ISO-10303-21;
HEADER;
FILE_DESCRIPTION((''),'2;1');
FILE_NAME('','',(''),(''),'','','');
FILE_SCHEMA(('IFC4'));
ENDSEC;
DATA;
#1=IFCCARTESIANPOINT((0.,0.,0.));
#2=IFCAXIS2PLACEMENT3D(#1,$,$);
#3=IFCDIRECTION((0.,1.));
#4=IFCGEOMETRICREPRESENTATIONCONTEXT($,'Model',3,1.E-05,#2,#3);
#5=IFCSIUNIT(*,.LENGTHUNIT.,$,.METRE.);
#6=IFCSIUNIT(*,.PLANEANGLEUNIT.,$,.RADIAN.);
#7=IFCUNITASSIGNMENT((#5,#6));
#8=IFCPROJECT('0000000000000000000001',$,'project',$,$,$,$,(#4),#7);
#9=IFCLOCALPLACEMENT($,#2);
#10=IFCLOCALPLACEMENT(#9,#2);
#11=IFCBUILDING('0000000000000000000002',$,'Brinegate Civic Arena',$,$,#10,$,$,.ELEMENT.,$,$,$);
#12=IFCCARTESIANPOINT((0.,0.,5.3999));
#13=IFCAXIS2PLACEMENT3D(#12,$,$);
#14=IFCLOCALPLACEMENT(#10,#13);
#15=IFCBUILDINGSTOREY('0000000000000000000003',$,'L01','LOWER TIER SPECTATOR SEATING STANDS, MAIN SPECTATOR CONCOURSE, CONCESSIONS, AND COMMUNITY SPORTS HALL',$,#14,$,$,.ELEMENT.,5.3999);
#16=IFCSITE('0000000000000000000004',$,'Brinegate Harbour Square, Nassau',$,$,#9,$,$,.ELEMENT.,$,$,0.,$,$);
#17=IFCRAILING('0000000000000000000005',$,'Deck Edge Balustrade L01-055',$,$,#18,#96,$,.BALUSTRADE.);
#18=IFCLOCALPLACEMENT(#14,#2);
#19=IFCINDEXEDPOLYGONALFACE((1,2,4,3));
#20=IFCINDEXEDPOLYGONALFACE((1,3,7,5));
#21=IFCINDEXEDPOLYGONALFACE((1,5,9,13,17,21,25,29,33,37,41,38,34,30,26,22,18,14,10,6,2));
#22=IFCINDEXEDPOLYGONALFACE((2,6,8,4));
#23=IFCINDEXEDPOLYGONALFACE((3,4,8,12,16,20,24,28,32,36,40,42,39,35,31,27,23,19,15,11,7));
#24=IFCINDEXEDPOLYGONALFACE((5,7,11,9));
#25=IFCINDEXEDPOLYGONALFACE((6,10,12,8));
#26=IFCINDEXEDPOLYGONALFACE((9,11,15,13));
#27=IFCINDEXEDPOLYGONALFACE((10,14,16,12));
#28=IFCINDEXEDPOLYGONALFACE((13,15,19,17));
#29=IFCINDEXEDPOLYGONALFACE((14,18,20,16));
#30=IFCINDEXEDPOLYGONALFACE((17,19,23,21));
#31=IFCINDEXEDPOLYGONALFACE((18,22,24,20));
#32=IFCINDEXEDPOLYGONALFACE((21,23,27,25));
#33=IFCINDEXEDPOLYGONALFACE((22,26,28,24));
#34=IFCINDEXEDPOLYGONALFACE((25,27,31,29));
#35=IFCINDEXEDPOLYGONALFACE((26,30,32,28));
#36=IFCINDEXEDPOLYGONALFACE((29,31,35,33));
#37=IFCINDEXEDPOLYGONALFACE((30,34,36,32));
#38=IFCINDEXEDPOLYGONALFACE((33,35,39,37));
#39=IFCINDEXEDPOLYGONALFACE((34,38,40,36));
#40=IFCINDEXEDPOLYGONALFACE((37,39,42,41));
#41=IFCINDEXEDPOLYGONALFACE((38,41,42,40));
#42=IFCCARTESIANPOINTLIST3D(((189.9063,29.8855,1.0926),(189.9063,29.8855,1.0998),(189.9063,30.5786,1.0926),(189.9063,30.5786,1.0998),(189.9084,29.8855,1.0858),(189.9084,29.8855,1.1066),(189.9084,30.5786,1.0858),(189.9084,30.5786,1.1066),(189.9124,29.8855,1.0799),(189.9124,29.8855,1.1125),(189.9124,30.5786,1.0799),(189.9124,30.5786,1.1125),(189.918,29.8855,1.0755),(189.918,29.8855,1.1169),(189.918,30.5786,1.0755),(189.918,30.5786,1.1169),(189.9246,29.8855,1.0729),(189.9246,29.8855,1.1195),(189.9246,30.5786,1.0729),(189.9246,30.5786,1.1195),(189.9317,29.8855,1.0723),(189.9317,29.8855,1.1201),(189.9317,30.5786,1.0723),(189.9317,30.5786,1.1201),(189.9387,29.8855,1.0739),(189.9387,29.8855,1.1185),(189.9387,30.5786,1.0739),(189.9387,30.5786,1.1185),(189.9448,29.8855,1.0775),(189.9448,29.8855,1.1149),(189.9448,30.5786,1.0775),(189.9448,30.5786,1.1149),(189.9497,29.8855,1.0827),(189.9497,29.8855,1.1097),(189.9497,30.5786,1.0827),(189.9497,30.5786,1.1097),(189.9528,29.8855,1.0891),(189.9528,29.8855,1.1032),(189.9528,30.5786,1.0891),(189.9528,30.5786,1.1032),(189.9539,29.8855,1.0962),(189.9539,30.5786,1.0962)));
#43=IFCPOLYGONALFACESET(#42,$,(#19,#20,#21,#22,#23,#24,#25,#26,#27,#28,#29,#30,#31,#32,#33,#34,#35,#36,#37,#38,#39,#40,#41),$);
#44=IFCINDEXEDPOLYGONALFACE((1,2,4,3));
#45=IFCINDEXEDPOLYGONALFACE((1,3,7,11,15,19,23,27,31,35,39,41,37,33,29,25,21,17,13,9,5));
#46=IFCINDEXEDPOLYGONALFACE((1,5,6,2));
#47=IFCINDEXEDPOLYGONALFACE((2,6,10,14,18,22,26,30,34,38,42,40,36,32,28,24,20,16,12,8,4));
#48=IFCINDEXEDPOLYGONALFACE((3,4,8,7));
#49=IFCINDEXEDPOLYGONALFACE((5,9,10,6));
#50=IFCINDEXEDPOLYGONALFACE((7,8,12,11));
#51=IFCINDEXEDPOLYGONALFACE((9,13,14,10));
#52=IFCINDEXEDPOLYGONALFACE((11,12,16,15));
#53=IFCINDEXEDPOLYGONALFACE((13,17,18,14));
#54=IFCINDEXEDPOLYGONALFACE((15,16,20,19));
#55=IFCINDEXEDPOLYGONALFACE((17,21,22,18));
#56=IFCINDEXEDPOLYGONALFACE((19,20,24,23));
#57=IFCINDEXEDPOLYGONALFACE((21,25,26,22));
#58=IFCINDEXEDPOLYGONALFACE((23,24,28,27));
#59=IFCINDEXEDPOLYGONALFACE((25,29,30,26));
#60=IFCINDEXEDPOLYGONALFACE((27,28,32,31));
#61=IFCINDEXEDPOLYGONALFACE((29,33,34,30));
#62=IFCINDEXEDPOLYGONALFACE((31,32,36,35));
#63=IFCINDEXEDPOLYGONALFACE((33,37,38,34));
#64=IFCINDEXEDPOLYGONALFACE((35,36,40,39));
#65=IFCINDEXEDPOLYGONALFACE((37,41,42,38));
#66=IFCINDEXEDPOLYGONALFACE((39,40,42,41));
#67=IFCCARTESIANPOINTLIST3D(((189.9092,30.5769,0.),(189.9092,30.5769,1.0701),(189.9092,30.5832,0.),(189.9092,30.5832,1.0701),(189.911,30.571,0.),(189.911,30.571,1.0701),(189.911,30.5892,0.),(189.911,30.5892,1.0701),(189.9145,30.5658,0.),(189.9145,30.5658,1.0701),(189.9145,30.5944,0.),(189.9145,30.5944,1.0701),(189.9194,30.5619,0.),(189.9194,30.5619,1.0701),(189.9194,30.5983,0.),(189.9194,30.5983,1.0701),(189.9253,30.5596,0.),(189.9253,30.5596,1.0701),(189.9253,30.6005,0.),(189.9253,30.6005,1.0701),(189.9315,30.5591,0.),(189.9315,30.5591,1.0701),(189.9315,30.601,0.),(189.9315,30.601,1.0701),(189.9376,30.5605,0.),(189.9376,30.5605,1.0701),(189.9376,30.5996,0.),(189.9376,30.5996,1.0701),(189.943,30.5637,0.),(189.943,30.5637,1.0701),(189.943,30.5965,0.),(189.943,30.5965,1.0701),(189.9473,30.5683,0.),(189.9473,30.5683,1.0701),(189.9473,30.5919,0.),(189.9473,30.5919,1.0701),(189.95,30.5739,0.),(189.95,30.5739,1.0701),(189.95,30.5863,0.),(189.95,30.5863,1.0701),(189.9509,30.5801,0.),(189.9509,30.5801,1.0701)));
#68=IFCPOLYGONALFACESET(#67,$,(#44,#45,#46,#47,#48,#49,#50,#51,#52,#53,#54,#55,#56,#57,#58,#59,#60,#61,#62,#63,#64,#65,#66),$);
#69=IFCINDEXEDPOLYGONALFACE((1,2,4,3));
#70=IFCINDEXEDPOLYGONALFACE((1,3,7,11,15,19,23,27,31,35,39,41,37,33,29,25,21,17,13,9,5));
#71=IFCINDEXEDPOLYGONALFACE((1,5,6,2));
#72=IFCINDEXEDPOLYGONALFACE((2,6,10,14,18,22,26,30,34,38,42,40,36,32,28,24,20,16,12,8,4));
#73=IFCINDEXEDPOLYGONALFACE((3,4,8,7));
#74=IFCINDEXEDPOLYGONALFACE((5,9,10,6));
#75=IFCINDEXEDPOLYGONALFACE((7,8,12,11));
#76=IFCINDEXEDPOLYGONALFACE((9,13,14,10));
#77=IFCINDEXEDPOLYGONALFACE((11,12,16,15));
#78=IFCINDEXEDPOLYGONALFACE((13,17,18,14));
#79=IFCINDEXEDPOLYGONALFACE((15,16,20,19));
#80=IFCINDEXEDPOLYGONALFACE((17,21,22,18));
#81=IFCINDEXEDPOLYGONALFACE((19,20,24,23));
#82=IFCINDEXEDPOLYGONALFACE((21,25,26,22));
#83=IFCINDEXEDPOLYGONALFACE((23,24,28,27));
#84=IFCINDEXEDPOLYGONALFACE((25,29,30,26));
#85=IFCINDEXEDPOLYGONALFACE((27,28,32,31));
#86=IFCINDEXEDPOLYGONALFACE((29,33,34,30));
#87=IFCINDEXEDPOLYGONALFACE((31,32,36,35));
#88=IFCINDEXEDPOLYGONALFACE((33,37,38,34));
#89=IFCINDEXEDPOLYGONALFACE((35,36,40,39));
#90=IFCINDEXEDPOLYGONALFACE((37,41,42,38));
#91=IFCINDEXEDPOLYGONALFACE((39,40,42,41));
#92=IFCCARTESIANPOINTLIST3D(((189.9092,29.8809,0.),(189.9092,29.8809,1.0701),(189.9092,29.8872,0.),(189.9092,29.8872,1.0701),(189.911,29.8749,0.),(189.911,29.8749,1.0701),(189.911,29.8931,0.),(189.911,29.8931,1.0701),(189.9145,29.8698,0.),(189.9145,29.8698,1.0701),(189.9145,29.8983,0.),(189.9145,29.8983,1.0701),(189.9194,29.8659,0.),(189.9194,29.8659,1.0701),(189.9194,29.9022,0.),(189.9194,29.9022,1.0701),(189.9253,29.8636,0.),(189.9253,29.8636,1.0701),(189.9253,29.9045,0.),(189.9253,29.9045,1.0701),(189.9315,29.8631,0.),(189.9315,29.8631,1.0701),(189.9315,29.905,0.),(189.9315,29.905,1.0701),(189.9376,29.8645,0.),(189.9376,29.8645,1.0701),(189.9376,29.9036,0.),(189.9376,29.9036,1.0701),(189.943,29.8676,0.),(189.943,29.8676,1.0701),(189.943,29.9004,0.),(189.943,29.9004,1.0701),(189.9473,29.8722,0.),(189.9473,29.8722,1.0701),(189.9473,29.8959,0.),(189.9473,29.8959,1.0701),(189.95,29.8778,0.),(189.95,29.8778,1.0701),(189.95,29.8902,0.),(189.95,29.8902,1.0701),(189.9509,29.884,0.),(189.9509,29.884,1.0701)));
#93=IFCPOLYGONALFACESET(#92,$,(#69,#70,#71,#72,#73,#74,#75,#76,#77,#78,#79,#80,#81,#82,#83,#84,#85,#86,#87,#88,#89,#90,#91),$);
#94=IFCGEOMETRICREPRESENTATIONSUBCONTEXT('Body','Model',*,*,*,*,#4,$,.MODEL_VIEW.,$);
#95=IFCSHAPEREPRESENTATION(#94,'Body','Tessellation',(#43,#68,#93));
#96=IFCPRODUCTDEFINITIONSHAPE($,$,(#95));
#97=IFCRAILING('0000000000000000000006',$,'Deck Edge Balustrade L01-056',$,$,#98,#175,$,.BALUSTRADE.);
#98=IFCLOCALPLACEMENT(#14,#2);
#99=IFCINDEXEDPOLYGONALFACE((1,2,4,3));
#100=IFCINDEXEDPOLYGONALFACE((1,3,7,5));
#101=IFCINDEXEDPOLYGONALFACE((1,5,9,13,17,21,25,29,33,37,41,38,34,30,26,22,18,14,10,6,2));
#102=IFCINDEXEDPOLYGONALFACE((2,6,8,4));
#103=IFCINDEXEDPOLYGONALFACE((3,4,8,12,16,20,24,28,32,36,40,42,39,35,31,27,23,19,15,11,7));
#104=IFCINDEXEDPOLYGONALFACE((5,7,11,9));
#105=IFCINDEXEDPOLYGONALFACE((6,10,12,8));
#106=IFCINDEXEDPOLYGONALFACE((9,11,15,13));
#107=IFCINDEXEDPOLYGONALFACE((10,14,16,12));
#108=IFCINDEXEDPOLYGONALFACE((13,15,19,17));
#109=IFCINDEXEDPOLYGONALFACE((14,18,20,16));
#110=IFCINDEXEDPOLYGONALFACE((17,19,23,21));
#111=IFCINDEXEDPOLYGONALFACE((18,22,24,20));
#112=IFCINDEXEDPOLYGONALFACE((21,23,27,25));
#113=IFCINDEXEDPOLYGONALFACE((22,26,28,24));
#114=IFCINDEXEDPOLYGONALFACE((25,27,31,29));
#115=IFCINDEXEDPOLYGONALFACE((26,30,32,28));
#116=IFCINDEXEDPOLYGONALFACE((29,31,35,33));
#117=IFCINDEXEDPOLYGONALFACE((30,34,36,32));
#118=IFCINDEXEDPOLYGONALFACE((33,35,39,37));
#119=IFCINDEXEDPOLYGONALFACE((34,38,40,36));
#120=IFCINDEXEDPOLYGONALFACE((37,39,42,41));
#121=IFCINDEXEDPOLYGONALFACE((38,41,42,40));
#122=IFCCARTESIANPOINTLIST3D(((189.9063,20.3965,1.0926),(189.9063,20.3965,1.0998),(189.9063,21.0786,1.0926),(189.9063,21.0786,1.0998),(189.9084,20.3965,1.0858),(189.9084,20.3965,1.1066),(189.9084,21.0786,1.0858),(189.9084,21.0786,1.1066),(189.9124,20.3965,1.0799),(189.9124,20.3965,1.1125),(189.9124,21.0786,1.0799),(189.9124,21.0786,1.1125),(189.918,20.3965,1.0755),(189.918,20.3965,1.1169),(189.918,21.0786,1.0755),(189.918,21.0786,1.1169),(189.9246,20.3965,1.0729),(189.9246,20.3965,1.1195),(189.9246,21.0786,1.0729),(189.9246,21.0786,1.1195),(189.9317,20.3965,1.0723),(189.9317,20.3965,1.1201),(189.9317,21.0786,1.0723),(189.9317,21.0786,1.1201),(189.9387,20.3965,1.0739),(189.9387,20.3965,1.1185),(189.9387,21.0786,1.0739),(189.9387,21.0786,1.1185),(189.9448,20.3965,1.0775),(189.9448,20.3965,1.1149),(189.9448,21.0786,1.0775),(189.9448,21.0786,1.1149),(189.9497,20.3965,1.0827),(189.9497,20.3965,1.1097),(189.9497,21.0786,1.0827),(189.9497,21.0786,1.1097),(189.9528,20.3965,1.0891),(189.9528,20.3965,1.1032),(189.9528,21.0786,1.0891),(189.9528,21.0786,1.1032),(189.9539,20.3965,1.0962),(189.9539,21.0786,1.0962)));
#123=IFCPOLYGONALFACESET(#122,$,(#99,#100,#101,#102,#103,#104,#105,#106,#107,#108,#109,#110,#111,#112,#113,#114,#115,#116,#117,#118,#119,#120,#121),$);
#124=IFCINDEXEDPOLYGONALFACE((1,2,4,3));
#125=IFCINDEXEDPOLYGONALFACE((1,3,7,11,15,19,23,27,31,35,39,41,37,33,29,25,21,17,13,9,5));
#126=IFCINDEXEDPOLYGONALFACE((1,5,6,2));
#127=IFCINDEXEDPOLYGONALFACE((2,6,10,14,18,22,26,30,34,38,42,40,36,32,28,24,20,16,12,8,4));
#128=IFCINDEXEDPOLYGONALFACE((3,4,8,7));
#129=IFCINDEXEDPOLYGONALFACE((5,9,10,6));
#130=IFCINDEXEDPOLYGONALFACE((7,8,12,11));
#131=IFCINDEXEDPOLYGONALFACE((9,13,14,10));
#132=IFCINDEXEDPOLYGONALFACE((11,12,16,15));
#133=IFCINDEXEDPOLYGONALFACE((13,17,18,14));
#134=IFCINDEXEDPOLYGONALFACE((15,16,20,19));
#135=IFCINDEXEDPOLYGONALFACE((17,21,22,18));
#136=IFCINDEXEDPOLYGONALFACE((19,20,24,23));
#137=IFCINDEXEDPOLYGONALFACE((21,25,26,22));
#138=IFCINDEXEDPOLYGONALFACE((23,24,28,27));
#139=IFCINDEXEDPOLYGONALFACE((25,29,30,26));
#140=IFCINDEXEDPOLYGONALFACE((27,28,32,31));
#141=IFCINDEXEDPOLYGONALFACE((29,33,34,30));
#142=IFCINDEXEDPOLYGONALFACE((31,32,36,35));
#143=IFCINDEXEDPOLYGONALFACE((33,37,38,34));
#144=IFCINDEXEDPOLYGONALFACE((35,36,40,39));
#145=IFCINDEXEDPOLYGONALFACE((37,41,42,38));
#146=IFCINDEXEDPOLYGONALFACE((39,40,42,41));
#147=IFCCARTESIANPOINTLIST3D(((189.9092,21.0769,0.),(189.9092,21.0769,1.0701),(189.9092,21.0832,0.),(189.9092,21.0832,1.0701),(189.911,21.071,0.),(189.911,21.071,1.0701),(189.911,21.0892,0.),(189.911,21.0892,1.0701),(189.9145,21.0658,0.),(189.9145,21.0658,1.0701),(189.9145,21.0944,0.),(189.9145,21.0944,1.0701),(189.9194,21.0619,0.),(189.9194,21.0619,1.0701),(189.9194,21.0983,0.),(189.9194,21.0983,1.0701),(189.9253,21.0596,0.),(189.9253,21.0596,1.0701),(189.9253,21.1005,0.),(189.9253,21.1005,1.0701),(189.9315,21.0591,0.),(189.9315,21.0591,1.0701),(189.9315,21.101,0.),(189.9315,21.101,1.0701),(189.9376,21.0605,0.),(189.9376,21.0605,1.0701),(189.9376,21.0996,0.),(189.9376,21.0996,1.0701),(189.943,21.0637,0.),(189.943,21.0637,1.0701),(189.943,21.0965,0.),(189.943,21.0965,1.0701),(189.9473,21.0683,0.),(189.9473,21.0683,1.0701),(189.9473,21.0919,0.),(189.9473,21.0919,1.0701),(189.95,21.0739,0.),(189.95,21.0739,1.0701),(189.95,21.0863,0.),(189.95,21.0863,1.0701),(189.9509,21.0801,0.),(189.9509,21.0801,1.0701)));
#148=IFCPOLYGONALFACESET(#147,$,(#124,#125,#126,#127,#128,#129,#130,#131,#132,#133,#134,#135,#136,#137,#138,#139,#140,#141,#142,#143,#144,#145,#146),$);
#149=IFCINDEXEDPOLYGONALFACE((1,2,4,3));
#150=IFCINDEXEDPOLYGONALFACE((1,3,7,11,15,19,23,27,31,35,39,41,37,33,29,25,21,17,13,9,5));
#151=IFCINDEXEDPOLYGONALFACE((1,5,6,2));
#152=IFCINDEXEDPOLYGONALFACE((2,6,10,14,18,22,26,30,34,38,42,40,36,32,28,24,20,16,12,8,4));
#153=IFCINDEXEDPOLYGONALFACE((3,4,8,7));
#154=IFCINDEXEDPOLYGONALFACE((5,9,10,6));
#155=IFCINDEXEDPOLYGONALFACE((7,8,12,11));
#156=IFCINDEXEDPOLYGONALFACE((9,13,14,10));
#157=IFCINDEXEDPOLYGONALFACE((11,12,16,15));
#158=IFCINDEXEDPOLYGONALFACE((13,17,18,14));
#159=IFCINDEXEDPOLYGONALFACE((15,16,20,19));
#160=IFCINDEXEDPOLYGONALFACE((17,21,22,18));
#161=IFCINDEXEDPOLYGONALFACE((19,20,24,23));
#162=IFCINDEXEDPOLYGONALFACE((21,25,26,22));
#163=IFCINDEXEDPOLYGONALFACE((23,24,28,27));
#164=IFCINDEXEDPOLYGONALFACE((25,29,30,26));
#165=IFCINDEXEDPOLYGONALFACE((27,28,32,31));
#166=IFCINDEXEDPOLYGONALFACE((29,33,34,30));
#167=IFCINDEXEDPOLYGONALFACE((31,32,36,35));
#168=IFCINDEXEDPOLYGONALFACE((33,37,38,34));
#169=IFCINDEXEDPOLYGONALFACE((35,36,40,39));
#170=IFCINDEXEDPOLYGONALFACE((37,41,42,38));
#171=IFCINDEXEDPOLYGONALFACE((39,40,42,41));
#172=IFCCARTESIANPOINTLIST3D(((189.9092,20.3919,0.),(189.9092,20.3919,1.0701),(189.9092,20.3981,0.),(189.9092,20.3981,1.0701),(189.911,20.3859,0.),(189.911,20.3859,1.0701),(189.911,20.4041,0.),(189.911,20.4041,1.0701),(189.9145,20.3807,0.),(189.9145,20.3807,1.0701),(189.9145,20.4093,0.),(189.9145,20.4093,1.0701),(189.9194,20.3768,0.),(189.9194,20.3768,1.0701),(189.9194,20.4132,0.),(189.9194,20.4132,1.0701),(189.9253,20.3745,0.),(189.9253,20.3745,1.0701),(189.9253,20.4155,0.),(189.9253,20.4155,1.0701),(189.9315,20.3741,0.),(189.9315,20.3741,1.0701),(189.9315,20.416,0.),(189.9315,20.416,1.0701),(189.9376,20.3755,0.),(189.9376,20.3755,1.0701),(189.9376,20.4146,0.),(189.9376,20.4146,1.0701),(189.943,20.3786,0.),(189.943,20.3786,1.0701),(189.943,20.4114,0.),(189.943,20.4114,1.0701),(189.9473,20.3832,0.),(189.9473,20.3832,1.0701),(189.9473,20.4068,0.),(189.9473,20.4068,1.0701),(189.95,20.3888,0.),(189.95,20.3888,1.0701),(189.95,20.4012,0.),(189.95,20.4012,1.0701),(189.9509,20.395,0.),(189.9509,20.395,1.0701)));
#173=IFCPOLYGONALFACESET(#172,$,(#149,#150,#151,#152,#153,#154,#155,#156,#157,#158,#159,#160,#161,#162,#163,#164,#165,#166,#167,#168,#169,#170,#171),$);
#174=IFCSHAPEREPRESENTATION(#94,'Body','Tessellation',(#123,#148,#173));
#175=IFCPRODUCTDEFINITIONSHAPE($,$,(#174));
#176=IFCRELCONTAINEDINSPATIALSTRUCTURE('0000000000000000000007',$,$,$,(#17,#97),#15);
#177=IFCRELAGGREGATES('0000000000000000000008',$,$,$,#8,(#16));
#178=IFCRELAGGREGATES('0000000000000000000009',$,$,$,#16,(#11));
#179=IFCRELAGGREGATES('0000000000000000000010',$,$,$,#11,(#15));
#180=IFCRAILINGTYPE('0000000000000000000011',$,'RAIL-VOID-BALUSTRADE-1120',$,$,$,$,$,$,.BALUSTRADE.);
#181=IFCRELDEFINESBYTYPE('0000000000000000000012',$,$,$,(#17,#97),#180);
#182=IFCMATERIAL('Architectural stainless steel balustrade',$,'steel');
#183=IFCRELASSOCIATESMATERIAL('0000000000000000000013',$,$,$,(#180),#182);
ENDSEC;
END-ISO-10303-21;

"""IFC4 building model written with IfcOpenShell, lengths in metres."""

from ifc_helpers import new_model, si_unit, direction, frame, origin, origin_2d, place, context, subcontext, project, spatial, circle, extrude, material, type_object, element, save


model = new_model("IFC4")

# Units and contexts
model_context = context("Model", 3, precision=1e-05, world=origin(), true_north=direction((0.0, 1.0)))
body_context = subcontext(model_context, "Body", "Model", "MODEL_VIEW")
ifc_project = project(units=[si_unit("LENGTHUNIT", "METRE"), si_unit("PLANEANGLEUNIT", "RADIAN")], contexts=[model_context])

# Site, building, storey
site_placement = place(None, origin())
site = spatial("IfcSite", under=ifc_project, at=site_placement, Name="Brinegate Harbour Square, Nassau", CompositionType="ELEMENT", RefElevation=0.0)
building_placement = place(site_placement, origin())
building = spatial("IfcBuilding", under=site, at=building_placement, Name="Brinegate Civic Arena", CompositionType="ELEMENT")
storey_placement = place(building_placement, frame((0.0, 0.0, 5.3999)))
storey = spatial("IfcBuildingStorey", under=building, at=storey_placement, Name="L01", Description="LOWER TIER SPECTATOR SEATING STANDS, MAIN SPECTATOR CONCOURSE, CONCESSIONS, AND COMMUNITY SPORTS HALL", CompositionType="ELEMENT", Elevation=5.3999)

# Railings
ifc_material_1 = material(Name="Architectural stainless steel balustrade", Category="steel")
railing_type = type_object("IfcRailingType", Name="RAIL-VOID-BALUSTRADE-1120", PredefinedType="BALUSTRADE", material=ifc_material_1)
for number, where, name in (
    (1, (189.9299, 30.5801, 0.0), "Deck Edge Balustrade L01-055"),
):
    element("IfcRailing", number, at=place(storey_placement, frame(where)), inside=storey, type_object=railing_type, Name=name, PredefinedType="BALUSTRADE", context=body_context, shape_type="SweptSolid", body=[
        extrude(circle(Radius=0.0239, at=origin_2d()), frame((0.0, -0.0015, 1.0962), z_axis=(0.0, -1.0, 0.0), x_axis=(1.0, 0.0, 0.0)), (0.0, 0.0, 1.0), 0.6931),
        extrude(circle(Radius=0.021, at=origin_2d()), origin(), (0.0, 0.0, 1.0), 1.0701),
        extrude(circle(Radius=0.021, at=origin_2d()), frame((0.0, -0.696, 0.0)), (0.0, 0.0, 1.0), 1.0701),
    ])
railing_1_placement = place(storey_placement, frame((189.9299, 21.0801, 0.0)))
element("IfcRailing", 2, at=railing_1_placement, inside=storey, type_object=railing_type, Name="Deck Edge Balustrade L01-056", PredefinedType="BALUSTRADE", context=body_context, shape_type="SweptSolid", body=[
    extrude(circle(Radius=0.0239, at=origin_2d()), frame((0.0, -0.0015, 1.0962), z_axis=(0.0, -1.0, 0.0), x_axis=(1.0, 0.0, 0.0)), (0.0, 0.0, 1.0), 0.6821),
    extrude(circle(Radius=0.021, at=origin_2d()), origin(), (0.0, 0.0, 1.0), 1.0701),
    extrude(circle(Radius=0.021, at=origin_2d()), frame((0.0, -0.6851, 0.0)), (0.0, 0.0, 1.0), 1.0701),
])

save(model, "model.ifc")
